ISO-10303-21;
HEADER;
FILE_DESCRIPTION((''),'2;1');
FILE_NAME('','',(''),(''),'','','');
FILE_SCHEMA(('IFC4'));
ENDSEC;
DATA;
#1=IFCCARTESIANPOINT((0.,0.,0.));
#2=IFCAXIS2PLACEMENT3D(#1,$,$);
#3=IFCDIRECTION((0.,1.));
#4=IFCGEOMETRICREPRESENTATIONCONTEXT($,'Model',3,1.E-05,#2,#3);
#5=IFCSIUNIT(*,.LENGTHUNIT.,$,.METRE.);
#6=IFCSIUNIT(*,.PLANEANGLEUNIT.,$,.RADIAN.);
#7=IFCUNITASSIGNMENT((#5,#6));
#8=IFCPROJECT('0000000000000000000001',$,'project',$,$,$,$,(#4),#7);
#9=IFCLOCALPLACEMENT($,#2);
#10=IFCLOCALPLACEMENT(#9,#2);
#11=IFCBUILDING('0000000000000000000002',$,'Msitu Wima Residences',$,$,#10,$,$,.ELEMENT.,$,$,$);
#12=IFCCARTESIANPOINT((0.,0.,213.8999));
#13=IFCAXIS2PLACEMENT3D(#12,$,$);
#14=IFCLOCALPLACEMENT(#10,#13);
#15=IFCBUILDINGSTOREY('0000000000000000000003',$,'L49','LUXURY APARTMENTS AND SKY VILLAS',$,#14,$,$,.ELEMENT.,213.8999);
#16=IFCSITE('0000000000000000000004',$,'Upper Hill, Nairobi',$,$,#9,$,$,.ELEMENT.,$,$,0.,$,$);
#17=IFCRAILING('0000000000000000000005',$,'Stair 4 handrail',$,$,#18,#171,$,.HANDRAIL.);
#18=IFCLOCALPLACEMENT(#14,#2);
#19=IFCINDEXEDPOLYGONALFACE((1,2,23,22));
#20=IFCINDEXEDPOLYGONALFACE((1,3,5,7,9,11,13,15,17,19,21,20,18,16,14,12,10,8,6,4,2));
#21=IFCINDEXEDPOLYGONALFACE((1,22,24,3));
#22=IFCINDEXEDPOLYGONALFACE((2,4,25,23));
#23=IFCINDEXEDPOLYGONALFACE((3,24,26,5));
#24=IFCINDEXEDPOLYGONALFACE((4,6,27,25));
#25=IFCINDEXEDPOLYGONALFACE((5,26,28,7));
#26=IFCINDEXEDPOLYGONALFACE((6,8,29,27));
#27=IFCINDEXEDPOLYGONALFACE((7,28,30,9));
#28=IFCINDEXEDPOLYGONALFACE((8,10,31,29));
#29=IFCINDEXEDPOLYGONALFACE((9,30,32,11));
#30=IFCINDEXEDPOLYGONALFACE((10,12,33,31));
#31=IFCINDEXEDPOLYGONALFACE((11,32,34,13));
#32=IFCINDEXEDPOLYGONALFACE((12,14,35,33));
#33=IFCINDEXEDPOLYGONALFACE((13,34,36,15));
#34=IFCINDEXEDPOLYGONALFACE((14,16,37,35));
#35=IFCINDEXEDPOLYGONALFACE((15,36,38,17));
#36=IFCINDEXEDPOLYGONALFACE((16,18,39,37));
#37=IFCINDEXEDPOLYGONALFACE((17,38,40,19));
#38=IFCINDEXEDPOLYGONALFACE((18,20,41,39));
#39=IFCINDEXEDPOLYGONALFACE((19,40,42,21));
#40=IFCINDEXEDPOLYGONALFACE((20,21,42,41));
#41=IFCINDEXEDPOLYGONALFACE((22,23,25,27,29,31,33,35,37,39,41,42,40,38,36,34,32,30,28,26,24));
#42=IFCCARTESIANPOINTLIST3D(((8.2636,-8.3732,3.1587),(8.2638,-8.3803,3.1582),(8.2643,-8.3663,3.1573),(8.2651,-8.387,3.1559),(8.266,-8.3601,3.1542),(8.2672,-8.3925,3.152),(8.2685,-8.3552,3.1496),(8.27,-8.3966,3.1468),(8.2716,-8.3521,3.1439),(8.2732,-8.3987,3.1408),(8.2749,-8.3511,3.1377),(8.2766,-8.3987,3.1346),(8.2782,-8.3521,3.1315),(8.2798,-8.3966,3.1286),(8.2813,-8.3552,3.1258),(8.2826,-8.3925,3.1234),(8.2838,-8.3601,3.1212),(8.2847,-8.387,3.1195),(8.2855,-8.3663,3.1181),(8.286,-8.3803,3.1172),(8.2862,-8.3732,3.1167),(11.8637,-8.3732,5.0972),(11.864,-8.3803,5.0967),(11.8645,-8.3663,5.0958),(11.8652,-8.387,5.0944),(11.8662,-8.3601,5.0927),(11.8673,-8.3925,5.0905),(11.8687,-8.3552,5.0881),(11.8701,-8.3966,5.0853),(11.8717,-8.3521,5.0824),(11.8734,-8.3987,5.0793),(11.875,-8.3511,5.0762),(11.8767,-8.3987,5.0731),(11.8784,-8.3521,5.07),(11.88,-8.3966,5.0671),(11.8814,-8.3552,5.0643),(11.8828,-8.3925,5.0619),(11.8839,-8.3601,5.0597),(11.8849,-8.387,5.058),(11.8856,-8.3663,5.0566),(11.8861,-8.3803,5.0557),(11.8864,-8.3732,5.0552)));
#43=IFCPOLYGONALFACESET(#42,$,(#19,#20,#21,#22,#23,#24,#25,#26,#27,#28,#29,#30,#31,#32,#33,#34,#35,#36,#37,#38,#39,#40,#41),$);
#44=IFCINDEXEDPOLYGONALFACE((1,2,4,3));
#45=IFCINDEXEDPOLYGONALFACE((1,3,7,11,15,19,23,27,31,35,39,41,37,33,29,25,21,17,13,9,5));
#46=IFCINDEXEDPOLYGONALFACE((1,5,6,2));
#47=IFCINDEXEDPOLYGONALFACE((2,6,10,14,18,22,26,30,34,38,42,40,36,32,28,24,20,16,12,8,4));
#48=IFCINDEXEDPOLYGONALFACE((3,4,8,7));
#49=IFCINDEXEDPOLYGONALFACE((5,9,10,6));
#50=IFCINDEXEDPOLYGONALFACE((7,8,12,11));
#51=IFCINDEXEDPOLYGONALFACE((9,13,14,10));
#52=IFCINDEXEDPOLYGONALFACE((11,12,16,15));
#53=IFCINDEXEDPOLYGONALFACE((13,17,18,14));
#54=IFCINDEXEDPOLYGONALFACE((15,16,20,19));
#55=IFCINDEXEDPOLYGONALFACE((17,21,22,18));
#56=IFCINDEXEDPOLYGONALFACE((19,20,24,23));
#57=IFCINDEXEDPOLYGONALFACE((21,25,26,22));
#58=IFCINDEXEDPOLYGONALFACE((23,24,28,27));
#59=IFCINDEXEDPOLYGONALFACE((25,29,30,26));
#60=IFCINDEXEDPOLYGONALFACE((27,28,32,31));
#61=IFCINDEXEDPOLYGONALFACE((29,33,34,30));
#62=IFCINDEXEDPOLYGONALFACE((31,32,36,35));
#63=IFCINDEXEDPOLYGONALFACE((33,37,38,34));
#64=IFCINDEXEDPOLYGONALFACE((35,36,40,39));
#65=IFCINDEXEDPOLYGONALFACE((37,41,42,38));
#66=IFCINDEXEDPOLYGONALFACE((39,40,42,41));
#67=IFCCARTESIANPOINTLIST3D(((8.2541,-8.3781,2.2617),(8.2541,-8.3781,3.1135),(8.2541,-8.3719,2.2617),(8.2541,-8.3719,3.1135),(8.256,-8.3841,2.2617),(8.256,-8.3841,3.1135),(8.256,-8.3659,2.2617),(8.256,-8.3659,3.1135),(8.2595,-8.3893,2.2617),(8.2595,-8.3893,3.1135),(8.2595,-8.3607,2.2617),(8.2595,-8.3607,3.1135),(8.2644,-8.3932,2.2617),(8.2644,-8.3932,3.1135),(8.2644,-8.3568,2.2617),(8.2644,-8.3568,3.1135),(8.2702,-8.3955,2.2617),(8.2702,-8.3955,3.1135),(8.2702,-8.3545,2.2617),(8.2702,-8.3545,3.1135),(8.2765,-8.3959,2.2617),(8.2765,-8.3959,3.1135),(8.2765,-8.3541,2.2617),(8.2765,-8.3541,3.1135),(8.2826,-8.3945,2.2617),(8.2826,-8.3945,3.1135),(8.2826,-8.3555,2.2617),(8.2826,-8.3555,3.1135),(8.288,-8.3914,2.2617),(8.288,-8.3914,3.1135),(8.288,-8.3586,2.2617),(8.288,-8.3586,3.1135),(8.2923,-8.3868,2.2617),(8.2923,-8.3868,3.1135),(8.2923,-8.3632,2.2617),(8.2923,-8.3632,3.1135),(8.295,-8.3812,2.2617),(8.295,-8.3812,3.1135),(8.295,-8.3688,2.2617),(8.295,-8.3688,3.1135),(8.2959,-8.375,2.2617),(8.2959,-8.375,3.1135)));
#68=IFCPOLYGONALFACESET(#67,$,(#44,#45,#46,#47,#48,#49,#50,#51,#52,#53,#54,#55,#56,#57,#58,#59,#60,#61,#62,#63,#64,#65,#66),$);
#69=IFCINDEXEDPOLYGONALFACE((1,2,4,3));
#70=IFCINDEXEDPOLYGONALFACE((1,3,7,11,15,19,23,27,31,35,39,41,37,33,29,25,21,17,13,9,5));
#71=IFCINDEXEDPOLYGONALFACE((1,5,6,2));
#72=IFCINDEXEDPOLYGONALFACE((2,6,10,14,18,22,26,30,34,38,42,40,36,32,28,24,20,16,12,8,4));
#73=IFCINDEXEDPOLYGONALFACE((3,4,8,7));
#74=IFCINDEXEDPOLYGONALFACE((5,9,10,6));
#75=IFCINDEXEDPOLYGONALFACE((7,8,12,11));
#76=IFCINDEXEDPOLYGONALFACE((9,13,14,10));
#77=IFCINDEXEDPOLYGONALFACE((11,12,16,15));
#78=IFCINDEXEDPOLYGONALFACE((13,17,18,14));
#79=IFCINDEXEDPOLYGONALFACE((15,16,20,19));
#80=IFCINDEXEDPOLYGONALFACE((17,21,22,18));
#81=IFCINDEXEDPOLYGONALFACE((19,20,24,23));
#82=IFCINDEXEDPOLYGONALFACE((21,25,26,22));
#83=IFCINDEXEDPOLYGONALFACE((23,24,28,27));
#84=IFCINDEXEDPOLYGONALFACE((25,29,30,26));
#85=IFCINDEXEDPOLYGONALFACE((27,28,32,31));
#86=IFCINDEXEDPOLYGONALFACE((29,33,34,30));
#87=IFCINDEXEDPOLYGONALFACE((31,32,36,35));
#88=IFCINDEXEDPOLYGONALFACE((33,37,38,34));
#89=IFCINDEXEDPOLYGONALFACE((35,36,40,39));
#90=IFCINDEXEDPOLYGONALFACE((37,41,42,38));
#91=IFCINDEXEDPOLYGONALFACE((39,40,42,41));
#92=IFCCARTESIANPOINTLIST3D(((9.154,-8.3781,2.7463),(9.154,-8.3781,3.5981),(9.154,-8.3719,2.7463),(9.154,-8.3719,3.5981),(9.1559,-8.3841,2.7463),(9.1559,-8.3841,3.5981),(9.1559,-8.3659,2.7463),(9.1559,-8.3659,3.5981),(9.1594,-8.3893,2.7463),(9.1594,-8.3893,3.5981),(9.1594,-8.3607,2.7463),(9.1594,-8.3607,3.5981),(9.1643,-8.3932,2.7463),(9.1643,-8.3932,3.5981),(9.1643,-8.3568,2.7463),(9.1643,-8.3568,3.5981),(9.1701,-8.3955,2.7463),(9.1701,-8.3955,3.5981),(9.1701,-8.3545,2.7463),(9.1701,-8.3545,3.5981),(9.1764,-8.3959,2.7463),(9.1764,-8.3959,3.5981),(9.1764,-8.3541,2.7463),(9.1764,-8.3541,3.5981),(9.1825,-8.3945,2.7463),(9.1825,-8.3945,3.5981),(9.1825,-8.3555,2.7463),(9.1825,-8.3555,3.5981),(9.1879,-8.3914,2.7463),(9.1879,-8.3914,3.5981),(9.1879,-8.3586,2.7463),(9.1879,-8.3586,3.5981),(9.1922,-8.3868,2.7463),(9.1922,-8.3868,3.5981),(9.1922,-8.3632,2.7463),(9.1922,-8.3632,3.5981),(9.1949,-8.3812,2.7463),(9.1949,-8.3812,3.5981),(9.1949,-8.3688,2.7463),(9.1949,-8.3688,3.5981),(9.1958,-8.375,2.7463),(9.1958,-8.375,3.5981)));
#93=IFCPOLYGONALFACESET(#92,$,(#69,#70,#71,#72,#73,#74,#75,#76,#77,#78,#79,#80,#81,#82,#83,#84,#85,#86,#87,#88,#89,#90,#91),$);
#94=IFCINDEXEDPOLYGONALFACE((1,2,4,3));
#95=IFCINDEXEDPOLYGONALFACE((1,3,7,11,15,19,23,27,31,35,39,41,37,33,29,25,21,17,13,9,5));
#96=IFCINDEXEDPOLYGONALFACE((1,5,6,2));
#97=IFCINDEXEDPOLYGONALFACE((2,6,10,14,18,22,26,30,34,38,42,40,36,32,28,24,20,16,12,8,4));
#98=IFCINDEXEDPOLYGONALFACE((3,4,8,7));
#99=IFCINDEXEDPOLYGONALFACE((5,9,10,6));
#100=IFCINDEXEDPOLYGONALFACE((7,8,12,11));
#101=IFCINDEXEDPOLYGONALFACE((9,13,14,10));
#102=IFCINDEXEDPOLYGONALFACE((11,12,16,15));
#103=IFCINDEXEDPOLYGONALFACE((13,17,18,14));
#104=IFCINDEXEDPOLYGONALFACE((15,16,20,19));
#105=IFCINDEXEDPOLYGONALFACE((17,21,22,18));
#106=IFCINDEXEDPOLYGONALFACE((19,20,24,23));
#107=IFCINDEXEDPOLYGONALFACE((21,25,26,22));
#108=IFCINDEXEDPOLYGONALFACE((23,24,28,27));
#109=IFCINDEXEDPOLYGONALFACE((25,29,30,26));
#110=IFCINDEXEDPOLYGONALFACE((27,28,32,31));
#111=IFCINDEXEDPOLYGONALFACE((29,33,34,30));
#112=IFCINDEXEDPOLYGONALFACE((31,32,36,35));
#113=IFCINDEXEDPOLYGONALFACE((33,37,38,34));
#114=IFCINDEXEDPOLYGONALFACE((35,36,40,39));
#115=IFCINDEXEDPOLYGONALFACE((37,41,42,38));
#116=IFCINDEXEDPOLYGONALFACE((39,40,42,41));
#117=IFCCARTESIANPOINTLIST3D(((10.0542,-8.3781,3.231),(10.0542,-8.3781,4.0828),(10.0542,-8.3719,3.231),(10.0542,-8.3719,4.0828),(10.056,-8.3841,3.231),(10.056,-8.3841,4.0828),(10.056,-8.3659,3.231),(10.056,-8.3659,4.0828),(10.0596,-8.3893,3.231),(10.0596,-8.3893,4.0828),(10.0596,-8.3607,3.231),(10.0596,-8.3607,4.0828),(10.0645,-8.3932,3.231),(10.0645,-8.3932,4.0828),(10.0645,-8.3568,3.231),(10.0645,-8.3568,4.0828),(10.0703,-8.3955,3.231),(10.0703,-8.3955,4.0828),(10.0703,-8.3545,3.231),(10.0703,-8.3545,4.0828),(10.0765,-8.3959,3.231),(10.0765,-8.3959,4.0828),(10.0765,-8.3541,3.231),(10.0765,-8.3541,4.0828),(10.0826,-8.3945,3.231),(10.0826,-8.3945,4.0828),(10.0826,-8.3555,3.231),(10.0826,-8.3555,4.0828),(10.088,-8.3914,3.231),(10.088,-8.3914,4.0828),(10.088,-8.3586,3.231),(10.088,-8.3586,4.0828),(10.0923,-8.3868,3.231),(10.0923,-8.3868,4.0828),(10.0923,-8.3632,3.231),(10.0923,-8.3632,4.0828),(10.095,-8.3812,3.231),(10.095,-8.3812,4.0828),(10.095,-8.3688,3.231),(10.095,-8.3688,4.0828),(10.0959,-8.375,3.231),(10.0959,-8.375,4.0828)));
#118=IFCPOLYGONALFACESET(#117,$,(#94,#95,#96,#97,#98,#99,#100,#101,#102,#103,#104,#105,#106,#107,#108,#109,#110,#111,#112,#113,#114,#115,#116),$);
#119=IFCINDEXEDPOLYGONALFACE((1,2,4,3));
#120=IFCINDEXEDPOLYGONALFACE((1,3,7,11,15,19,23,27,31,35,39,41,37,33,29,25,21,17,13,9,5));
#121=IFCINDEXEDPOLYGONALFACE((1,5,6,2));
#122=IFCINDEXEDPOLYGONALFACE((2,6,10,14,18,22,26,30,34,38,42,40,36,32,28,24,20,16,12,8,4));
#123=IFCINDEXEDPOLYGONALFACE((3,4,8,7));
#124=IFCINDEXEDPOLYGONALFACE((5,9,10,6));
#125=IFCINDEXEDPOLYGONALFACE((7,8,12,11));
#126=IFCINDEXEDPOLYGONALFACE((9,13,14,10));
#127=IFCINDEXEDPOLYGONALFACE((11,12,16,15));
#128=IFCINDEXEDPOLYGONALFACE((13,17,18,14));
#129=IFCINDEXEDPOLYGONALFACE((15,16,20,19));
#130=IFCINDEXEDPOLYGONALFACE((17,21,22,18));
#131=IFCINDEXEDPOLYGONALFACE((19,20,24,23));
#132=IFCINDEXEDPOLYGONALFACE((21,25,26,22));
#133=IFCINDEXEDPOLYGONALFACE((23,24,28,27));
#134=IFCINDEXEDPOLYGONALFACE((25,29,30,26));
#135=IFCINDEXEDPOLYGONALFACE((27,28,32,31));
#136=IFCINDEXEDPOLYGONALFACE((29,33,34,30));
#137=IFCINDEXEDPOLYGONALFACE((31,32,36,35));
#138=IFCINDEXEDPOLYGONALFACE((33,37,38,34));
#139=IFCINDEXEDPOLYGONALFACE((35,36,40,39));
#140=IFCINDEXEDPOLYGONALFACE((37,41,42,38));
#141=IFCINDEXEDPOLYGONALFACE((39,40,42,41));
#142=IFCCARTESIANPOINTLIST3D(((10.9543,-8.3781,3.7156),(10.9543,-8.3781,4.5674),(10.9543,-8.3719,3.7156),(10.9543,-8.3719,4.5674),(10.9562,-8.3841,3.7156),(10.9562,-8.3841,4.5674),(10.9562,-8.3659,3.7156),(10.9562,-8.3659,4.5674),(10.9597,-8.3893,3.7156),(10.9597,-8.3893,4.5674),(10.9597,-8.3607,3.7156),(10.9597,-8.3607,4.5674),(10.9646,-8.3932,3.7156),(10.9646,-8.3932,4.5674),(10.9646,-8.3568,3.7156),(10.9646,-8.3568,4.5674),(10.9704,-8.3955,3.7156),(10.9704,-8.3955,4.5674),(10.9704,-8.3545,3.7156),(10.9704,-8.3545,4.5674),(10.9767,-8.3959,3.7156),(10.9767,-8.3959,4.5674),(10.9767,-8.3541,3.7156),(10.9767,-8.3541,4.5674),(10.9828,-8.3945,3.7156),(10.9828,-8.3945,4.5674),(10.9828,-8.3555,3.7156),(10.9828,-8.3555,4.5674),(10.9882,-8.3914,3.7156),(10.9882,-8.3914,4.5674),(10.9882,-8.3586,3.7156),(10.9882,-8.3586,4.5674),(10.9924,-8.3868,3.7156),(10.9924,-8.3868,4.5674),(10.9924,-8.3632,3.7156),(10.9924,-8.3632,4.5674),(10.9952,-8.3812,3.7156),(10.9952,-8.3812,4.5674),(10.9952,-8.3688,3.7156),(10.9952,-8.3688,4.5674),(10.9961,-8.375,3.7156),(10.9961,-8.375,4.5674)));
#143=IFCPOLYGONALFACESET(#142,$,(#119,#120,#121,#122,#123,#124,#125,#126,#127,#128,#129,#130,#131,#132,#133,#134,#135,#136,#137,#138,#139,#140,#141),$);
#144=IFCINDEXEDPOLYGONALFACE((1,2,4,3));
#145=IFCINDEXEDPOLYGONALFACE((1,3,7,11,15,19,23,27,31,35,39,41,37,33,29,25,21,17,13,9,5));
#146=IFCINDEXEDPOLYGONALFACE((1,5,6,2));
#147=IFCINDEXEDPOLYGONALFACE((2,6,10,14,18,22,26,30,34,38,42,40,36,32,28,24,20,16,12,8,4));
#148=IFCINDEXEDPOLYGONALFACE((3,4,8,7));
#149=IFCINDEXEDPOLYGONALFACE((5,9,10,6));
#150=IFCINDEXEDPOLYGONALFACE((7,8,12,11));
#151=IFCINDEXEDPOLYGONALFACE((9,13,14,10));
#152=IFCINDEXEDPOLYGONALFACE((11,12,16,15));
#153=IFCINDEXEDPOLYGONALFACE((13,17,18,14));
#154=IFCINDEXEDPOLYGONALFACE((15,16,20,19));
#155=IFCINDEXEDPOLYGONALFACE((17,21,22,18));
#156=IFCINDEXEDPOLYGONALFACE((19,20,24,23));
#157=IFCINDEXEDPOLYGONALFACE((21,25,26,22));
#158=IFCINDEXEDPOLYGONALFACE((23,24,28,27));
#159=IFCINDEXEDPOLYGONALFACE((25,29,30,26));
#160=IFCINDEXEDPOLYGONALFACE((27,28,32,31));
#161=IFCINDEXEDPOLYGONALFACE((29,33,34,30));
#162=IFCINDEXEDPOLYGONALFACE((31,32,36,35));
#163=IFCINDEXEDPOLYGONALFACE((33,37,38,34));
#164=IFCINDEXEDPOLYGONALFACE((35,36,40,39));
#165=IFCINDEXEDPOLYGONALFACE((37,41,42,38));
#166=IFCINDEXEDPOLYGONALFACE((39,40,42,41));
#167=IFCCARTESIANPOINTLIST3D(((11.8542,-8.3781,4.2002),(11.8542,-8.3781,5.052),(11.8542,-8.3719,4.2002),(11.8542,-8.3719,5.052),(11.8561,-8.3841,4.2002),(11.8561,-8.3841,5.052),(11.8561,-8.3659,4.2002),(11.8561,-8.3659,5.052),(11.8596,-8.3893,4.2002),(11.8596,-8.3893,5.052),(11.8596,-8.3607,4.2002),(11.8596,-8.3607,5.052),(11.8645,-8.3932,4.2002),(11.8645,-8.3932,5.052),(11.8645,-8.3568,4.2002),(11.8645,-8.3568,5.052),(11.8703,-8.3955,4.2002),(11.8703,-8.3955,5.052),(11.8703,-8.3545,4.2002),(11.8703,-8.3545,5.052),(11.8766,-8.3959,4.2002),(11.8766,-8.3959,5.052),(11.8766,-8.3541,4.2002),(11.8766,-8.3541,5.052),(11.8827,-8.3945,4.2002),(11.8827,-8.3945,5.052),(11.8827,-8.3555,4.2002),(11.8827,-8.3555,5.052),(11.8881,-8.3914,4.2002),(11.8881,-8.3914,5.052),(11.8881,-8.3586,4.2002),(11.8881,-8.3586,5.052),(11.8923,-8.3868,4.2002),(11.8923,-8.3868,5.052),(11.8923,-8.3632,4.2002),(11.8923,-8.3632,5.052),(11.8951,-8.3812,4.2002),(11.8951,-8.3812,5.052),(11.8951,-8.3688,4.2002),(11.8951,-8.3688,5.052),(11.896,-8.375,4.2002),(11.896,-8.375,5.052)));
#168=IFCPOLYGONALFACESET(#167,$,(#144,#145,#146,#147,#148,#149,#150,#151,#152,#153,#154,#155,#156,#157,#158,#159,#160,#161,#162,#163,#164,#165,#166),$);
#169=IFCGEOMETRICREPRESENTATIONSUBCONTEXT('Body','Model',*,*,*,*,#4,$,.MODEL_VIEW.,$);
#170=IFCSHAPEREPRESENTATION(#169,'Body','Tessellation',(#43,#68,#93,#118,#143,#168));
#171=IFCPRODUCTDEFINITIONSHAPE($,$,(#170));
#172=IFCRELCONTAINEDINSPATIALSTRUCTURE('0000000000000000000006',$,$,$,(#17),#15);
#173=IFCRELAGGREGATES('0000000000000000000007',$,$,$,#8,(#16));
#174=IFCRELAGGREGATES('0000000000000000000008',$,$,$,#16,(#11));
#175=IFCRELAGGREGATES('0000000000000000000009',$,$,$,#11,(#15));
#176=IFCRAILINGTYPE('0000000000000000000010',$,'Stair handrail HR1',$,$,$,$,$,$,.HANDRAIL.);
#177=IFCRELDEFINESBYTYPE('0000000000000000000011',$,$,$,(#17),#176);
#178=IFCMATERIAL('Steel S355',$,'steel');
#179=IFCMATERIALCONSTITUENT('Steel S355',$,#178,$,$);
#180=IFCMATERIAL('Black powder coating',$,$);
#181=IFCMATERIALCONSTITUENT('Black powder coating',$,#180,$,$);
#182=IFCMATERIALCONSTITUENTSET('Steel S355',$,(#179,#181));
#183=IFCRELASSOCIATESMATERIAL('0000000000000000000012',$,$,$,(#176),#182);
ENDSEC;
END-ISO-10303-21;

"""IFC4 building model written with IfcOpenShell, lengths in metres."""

from ifc_helpers import new_model, si_unit, direction, frame, origin, origin_2d, place, context, subcontext, project, spatial, circle, extrude, material, constituent, constituent_set, type_object, element, save


model = new_model("IFC4")

# Units and contexts
model_context = context("Model", 3, precision=1e-05, world=origin(), true_north=direction((0.0, 1.0)))
body_context = subcontext(model_context, "Body", "Model", "MODEL_VIEW")
ifc_project = project(units=[si_unit("LENGTHUNIT", "METRE"), si_unit("PLANEANGLEUNIT", "RADIAN")], contexts=[model_context])

# Site, building, storey
site_placement = place(None, origin())
site = spatial("IfcSite", under=ifc_project, at=site_placement, Name="Upper Hill, Nairobi", CompositionType="ELEMENT", RefElevation=0.0)
building_placement = place(site_placement, origin())
building = spatial("IfcBuilding", under=site, at=building_placement, Name="Msitu Wima Residences", CompositionType="ELEMENT")
storey_placement = place(building_placement, frame((0.0, 0.0, 213.8999)))
storey = spatial("IfcBuildingStorey", under=building, at=storey_placement, Name="L49", Description="LUXURY APARTMENTS AND SKY VILLAS", CompositionType="ELEMENT", Elevation=213.8999)

# Railing
ifc_material_1 = material(Name="Steel S355", Category="steel")
ifc_constituent_1 = constituent(ifc_material_1, Name="Steel S355")
ifc_material_2 = material(Name="Black powder coating")
ifc_constituent_2 = constituent(ifc_material_2, Name="Black powder coating")
ifc_constituent_set = constituent_set(constituents=[ifc_constituent_1, ifc_constituent_2], Name="Steel S355")
railing_type = type_object("IfcRailingType", Name="Stair handrail HR1", PredefinedType="HANDRAIL", material=ifc_constituent_set)
for number, where, name in (
    (1, (8.2749, -8.375, 2.2617), "Stair 4 handrail"),
):
    element("IfcRailing", number, at=place(storey_placement, frame(where)), inside=storey, type_object=railing_type, Name=name, PredefinedType="HANDRAIL", context=body_context, shape_type="SweptSolid", body=[
        extrude(circle(Radius=0.0239, at=origin_2d()), frame((0.0, 0.0, 0.876), z_axis=(0.880475, 0.0, 0.474093), x_axis=(0.0, 1.0, 0.0)), (0.0, 0.0, 1.0), 4.0889),
        extrude(circle(Radius=0.021, at=origin_2d()), origin(), (0.0, 0.0, 1.0), 0.8518),
        extrude(circle(Radius=0.021, at=origin_2d()), frame((0.8999, 0.0, 0.4846)), (0.0, 0.0, 1.0), 0.8518),
        extrude(circle(Radius=0.021, at=origin_2d()), frame((1.8, 0.0, 0.9692)), (0.0, 0.0, 1.0), 0.8518),
        extrude(circle(Radius=0.021, at=origin_2d()), frame((2.7002, 0.0, 1.4539)), (0.0, 0.0, 1.0), 0.8518),
        extrude(circle(Radius=0.021, at=origin_2d()), frame((3.6001, 0.0, 1.9385)), (0.0, 0.0, 1.0), 0.8518),
    ])

save(model, "model.ifc")
